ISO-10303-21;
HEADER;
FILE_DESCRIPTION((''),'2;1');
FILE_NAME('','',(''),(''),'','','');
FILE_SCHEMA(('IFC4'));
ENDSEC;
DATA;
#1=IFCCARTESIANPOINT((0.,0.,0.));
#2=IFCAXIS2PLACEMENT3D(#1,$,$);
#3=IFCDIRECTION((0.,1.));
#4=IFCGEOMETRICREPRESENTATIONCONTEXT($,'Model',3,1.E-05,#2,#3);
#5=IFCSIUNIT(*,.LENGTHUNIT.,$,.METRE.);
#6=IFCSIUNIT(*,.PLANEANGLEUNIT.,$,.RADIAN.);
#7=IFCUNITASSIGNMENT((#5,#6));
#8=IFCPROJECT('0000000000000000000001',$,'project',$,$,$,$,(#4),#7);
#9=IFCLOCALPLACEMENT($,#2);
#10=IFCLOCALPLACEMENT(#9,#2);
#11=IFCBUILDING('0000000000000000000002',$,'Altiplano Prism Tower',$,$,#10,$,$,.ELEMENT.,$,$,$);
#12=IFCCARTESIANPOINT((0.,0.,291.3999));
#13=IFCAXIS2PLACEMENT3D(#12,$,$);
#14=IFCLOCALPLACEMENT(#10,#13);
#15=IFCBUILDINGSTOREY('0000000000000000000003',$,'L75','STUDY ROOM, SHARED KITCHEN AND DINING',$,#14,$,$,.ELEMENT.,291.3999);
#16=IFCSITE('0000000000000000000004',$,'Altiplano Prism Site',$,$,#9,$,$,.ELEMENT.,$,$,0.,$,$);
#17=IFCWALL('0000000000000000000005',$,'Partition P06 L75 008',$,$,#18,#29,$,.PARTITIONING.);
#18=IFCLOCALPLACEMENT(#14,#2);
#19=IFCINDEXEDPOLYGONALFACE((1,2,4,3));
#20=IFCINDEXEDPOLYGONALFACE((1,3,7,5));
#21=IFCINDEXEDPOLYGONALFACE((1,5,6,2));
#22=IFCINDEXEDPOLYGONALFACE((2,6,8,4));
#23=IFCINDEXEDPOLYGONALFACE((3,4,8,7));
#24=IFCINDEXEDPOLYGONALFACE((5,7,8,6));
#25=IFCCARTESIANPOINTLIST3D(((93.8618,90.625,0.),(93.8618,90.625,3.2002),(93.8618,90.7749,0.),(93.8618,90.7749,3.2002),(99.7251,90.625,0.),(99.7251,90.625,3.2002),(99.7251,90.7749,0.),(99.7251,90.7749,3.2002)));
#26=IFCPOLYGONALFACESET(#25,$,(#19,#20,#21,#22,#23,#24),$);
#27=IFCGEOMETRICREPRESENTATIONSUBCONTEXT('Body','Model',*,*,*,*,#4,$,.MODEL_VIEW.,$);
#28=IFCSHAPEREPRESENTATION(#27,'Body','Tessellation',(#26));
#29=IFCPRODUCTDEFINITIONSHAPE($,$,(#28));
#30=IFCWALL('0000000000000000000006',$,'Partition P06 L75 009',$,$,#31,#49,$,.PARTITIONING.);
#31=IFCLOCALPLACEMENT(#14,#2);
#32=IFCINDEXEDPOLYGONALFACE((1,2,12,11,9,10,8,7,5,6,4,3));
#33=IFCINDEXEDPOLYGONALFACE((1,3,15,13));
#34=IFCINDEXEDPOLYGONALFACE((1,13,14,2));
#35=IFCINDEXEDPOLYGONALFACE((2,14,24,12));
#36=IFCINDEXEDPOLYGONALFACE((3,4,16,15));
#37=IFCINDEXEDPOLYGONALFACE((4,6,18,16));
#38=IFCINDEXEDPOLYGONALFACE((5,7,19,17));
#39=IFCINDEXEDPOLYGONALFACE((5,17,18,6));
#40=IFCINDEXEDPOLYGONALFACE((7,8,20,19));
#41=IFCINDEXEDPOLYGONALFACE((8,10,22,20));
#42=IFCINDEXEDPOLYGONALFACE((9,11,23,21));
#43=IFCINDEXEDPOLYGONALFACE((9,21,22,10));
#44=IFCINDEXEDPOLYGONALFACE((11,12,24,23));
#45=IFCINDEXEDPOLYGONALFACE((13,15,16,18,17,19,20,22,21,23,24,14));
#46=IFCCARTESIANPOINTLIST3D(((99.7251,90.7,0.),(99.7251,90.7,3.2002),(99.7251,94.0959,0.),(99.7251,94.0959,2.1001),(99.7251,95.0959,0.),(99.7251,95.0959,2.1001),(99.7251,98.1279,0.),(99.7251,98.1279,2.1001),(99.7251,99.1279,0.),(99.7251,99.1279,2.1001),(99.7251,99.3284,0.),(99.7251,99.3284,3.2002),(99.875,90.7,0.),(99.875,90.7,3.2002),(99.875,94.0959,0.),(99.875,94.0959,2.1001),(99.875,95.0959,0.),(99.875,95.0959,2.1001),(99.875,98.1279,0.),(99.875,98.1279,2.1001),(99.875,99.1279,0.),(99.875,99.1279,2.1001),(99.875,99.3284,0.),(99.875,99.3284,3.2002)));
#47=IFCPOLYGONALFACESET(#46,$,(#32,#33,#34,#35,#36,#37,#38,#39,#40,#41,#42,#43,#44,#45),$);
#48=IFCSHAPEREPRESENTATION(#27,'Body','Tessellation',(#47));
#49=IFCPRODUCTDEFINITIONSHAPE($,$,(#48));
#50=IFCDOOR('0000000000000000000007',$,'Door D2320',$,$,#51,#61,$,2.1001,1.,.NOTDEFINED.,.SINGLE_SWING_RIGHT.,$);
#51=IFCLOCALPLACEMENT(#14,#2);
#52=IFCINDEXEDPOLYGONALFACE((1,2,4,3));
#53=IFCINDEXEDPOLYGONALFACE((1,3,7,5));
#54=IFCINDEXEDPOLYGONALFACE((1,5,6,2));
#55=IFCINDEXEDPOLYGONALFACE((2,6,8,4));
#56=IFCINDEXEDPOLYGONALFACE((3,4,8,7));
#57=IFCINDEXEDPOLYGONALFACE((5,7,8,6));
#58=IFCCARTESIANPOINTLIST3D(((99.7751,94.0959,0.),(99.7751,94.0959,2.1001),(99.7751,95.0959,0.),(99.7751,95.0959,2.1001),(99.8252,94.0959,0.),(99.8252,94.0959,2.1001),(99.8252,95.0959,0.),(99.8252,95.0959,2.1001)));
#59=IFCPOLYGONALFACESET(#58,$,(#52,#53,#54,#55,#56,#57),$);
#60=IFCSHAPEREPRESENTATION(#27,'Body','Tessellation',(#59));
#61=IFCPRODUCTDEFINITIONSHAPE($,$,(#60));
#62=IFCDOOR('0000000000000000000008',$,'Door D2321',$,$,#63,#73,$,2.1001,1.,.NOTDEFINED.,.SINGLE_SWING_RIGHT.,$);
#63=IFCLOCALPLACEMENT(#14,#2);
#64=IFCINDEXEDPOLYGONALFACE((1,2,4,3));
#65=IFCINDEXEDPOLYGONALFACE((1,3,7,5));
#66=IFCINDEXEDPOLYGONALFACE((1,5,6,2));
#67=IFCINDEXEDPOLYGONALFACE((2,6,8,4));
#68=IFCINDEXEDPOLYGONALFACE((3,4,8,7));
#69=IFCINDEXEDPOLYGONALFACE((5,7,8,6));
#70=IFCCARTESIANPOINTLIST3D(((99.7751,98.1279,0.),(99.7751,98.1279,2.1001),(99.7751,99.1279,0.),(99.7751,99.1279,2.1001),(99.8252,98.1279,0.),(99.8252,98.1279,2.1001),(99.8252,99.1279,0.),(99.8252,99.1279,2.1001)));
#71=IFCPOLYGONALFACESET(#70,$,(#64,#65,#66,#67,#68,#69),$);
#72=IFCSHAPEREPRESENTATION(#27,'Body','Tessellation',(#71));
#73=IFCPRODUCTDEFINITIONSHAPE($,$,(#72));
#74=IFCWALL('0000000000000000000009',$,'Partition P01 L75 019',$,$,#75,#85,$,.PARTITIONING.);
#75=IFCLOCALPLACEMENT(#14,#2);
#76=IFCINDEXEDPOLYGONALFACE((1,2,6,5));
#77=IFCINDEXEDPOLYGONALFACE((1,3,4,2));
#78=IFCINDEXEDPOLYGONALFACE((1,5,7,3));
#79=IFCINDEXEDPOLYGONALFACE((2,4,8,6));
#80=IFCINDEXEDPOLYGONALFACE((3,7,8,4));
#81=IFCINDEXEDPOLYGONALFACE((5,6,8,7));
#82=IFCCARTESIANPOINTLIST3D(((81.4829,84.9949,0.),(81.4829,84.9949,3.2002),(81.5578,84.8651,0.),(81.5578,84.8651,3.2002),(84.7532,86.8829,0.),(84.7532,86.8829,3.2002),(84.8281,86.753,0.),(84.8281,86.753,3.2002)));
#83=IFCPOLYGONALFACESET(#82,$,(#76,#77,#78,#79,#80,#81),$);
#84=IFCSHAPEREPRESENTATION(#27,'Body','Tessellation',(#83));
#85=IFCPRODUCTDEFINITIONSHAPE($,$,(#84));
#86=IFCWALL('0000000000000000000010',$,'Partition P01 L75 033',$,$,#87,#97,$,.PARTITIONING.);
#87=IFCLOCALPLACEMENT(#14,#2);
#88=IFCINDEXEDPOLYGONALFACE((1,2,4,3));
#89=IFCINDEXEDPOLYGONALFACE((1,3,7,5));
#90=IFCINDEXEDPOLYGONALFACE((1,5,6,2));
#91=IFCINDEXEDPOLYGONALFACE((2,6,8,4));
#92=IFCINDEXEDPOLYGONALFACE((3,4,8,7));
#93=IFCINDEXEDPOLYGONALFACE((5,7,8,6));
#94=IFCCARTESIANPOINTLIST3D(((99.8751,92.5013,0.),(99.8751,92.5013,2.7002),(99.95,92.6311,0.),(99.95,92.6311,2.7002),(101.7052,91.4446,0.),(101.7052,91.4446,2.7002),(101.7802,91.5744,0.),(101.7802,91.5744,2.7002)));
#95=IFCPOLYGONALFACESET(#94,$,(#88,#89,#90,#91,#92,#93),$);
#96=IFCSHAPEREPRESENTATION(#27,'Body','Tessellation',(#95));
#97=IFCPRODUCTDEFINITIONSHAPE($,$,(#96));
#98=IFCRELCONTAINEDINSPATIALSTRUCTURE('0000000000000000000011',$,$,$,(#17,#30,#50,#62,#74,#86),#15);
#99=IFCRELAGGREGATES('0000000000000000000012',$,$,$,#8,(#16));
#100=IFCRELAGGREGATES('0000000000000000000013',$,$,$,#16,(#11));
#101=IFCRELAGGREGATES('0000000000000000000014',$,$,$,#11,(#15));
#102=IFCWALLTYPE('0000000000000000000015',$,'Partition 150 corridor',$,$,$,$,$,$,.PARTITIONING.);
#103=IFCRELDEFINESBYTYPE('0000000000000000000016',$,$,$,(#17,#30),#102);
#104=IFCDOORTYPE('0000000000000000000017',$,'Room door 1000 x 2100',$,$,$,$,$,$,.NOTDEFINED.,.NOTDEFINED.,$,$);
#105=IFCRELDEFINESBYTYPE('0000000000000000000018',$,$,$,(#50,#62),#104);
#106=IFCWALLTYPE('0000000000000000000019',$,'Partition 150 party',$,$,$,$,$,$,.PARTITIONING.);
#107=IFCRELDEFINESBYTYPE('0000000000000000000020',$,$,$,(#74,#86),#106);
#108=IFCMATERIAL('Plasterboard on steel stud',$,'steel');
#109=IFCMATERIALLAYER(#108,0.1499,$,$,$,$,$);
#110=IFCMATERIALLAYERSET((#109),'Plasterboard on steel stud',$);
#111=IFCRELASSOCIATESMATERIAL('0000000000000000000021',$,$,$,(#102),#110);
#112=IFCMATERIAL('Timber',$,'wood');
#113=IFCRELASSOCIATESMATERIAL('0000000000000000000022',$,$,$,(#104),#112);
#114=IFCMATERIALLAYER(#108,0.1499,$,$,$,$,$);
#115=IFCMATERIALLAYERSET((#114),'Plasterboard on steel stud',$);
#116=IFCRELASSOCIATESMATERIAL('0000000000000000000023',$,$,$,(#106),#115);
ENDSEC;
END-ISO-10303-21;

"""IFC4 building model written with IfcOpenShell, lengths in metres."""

from ifc_helpers import new_model, si_unit, direction, frame, frame_2d, origin, place, context, subcontext, project, spatial, rectangle, extrude, material, layer, layer_set, type_object, element, fill, save


model = new_model("IFC4")

# Units and contexts
model_context = context("Model", 3, precision=1e-05, world=origin(), true_north=direction((0.0, 1.0)))
body_context = subcontext(model_context, "Body", "Model", "MODEL_VIEW")
ifc_project = project(units=[si_unit("LENGTHUNIT", "METRE"), si_unit("PLANEANGLEUNIT", "RADIAN")], contexts=[model_context])

# Site, building, storey
site_placement = place(None, origin())
site = spatial("IfcSite", under=ifc_project, at=site_placement, Name="Altiplano Prism Site", CompositionType="ELEMENT", RefElevation=0.0)
building_placement = place(site_placement, origin())
building = spatial("IfcBuilding", under=site, at=building_placement, Name="Altiplano Prism Tower", CompositionType="ELEMENT")
storey_placement = place(building_placement, frame((0.0, 0.0, 291.3999)))
storey = spatial("IfcBuildingStorey", under=building, at=storey_placement, Name="L75", Description="STUDY ROOM, SHARED KITCHEN AND DINING", CompositionType="ELEMENT", Elevation=291.3999)

# Shared definitions
ifc_material_1 = material(Name="Plasterboard on steel stud", Category="steel")

# Shared definitions
ifc_layer_1 = layer(ifc_material_1, 0.1499)
ifc_layer_set_1 = layer_set([ifc_layer_1], Name="Plasterboard on steel stud")
wall_type_1 = type_object("IfcWallType", Name="Partition 150 corridor", PredefinedType="PARTITIONING", material=ifc_layer_set_1)
ifc_material_2 = material(Name="Timber", Category="wood")
door_type_1 = type_object("IfcDoorType", Name="Room door 1000 x 2100", OperationType="NOTDEFINED", PredefinedType="NOTDEFINED", material=ifc_material_2)

# Wall
wall_1_placement = place(storey_placement, frame((93.8618, 90.7, 0.0), z_axis=(0.0, 0.0, 1.0), x_axis=(1.0, 0.0, 0.0)))
element("IfcWall", 1, at=wall_1_placement, inside=storey, type_object=wall_type_1, Name="Partition P06 L75 008", PredefinedType="PARTITIONING", context=body_context, shape_type="SweptSolid", body=[
    extrude(rectangle(XDim=5.8633, YDim=0.1499, at=frame_2d((2.9316, 0.0))), origin(), (0.0, 0.0, 1.0), 3.2002),
])

# Wall, openings, doors
wall_2_placement = place(storey_placement, frame((99.8, 90.7, 0.0), z_axis=(0.0, 0.0, 1.0), x_axis=(0.0, 1.0, 0.0)))
wall_2 = element("IfcWall", 2, at=wall_2_placement, inside=storey, type_object=wall_type_1, Name="Partition P06 L75 009", PredefinedType="PARTITIONING", context=body_context, shape_type="SweptSolid", body=[
    extrude(rectangle(XDim=8.6284, YDim=0.1499, at=frame_2d((4.3142, 0.0))), origin(), (0.0, 0.0, 1.0), 3.2002),
])
opening_1_placement = place(wall_2_placement, frame((3.396, 0.0, 0.0)))
opening_1 = element("IfcOpeningElement", 3, at=opening_1_placement, cuts=wall_2, PredefinedType="OPENING", context=body_context, shape_type="SweptSolid", body=[
    extrude(rectangle(XDim=1.0, YDim=2.1001, at=frame_2d((0.5, 1.05))), frame((0.0, 0.0854, 0.0), z_axis=(0.0, -1.0, 0.0), x_axis=(1.0, 0.0, 0.0)), (0.0, 0.0, 1.0), 0.1709),
])
opening_2_placement = place(wall_2_placement, frame((7.428, 0.0, 0.0)))
opening_2 = element("IfcOpeningElement", 4, at=opening_2_placement, cuts=wall_2, PredefinedType="OPENING", context=body_context, shape_type="SweptSolid", body=[
    extrude(rectangle(XDim=1.0, YDim=2.1001, at=frame_2d((0.5, 1.05))), frame((0.0, 0.0854, 0.0), z_axis=(0.0, -1.0, 0.0), x_axis=(1.0, 0.0, 0.0)), (0.0, 0.0, 1.0), 0.1709),
])
door_1_placement = place(opening_1_placement, origin())
door_1 = element("IfcDoor", 5, at=door_1_placement, inside=storey, type_object=door_type_1, Name="Door D2320", OperationType="SINGLE_SWING_RIGHT", OverallHeight=2.1001, OverallWidth=1.0, PredefinedType="NOTDEFINED", context=body_context, shape_type="SweptSolid", body=[
    extrude(rectangle(XDim=1.0, YDim=2.1001, at=frame_2d((0.5, 1.05))), frame((0.0, 0.0249, 0.0), z_axis=(0.0, -1.0, 0.0), x_axis=(1.0, 0.0, 0.0)), (0.0, 0.0, 1.0), 0.05),
])
fill(opening_1, door_1)
door_2_placement = place(opening_2_placement, origin())
door_2 = element("IfcDoor", 6, at=door_2_placement, inside=storey, type_object=door_type_1, Name="Door D2321", OperationType="SINGLE_SWING_RIGHT", OverallHeight=2.1001, OverallWidth=1.0, PredefinedType="NOTDEFINED", context=body_context, shape_type="SweptSolid", body=[
    extrude(rectangle(XDim=1.0, YDim=2.1001, at=frame_2d((0.5, 1.05))), frame((0.0, 0.0249, 0.0), z_axis=(0.0, -1.0, 0.0), x_axis=(1.0, 0.0, 0.0)), (0.0, 0.0, 1.0), 0.05),
])
fill(opening_2, door_2)

# Walls
ifc_layer_2 = layer(ifc_material_1, 0.1499)
ifc_layer_set_2 = layer_set([ifc_layer_2], Name="Plasterboard on steel stud")
wall_type_2 = type_object("IfcWallType", Name="Partition 150 party", PredefinedType="PARTITIONING", material=ifc_layer_set_2)
wall_3_placement = place(storey_placement, frame((81.5203, 84.9299, 0.0), z_axis=(0.0, 0.0, 1.0), x_axis=(0.866042, 0.499971, 0.0)))
element("IfcWall", 7, at=wall_3_placement, inside=storey, type_object=wall_type_2, Name="Partition P01 L75 019", PredefinedType="PARTITIONING", context=body_context, shape_type="SweptSolid", body=[
    extrude(rectangle(XDim=3.7761, YDim=0.1499, at=frame_2d((1.8882, 0.0))), origin(), (0.0, 0.0, 1.0), 3.2002),
])
wall_4_placement = place(storey_placement, frame((101.7427, 91.5095, 0.0), z_axis=(0.0, 0.0, 1.0), x_axis=(-0.866016, 0.500016, 0.0)))
element("IfcWall", 8, at=wall_4_placement, inside=storey, type_object=wall_type_2, Name="Partition P01 L75 033", PredefinedType="PARTITIONING", context=body_context, shape_type="SweptSolid", body=[
    extrude(rectangle(XDim=2.1133, YDim=0.1499, at=frame_2d((1.0566, 0.0))), origin(), (0.0, 0.0, 1.0), 2.7002),
])

save(model, "model.ifc")
